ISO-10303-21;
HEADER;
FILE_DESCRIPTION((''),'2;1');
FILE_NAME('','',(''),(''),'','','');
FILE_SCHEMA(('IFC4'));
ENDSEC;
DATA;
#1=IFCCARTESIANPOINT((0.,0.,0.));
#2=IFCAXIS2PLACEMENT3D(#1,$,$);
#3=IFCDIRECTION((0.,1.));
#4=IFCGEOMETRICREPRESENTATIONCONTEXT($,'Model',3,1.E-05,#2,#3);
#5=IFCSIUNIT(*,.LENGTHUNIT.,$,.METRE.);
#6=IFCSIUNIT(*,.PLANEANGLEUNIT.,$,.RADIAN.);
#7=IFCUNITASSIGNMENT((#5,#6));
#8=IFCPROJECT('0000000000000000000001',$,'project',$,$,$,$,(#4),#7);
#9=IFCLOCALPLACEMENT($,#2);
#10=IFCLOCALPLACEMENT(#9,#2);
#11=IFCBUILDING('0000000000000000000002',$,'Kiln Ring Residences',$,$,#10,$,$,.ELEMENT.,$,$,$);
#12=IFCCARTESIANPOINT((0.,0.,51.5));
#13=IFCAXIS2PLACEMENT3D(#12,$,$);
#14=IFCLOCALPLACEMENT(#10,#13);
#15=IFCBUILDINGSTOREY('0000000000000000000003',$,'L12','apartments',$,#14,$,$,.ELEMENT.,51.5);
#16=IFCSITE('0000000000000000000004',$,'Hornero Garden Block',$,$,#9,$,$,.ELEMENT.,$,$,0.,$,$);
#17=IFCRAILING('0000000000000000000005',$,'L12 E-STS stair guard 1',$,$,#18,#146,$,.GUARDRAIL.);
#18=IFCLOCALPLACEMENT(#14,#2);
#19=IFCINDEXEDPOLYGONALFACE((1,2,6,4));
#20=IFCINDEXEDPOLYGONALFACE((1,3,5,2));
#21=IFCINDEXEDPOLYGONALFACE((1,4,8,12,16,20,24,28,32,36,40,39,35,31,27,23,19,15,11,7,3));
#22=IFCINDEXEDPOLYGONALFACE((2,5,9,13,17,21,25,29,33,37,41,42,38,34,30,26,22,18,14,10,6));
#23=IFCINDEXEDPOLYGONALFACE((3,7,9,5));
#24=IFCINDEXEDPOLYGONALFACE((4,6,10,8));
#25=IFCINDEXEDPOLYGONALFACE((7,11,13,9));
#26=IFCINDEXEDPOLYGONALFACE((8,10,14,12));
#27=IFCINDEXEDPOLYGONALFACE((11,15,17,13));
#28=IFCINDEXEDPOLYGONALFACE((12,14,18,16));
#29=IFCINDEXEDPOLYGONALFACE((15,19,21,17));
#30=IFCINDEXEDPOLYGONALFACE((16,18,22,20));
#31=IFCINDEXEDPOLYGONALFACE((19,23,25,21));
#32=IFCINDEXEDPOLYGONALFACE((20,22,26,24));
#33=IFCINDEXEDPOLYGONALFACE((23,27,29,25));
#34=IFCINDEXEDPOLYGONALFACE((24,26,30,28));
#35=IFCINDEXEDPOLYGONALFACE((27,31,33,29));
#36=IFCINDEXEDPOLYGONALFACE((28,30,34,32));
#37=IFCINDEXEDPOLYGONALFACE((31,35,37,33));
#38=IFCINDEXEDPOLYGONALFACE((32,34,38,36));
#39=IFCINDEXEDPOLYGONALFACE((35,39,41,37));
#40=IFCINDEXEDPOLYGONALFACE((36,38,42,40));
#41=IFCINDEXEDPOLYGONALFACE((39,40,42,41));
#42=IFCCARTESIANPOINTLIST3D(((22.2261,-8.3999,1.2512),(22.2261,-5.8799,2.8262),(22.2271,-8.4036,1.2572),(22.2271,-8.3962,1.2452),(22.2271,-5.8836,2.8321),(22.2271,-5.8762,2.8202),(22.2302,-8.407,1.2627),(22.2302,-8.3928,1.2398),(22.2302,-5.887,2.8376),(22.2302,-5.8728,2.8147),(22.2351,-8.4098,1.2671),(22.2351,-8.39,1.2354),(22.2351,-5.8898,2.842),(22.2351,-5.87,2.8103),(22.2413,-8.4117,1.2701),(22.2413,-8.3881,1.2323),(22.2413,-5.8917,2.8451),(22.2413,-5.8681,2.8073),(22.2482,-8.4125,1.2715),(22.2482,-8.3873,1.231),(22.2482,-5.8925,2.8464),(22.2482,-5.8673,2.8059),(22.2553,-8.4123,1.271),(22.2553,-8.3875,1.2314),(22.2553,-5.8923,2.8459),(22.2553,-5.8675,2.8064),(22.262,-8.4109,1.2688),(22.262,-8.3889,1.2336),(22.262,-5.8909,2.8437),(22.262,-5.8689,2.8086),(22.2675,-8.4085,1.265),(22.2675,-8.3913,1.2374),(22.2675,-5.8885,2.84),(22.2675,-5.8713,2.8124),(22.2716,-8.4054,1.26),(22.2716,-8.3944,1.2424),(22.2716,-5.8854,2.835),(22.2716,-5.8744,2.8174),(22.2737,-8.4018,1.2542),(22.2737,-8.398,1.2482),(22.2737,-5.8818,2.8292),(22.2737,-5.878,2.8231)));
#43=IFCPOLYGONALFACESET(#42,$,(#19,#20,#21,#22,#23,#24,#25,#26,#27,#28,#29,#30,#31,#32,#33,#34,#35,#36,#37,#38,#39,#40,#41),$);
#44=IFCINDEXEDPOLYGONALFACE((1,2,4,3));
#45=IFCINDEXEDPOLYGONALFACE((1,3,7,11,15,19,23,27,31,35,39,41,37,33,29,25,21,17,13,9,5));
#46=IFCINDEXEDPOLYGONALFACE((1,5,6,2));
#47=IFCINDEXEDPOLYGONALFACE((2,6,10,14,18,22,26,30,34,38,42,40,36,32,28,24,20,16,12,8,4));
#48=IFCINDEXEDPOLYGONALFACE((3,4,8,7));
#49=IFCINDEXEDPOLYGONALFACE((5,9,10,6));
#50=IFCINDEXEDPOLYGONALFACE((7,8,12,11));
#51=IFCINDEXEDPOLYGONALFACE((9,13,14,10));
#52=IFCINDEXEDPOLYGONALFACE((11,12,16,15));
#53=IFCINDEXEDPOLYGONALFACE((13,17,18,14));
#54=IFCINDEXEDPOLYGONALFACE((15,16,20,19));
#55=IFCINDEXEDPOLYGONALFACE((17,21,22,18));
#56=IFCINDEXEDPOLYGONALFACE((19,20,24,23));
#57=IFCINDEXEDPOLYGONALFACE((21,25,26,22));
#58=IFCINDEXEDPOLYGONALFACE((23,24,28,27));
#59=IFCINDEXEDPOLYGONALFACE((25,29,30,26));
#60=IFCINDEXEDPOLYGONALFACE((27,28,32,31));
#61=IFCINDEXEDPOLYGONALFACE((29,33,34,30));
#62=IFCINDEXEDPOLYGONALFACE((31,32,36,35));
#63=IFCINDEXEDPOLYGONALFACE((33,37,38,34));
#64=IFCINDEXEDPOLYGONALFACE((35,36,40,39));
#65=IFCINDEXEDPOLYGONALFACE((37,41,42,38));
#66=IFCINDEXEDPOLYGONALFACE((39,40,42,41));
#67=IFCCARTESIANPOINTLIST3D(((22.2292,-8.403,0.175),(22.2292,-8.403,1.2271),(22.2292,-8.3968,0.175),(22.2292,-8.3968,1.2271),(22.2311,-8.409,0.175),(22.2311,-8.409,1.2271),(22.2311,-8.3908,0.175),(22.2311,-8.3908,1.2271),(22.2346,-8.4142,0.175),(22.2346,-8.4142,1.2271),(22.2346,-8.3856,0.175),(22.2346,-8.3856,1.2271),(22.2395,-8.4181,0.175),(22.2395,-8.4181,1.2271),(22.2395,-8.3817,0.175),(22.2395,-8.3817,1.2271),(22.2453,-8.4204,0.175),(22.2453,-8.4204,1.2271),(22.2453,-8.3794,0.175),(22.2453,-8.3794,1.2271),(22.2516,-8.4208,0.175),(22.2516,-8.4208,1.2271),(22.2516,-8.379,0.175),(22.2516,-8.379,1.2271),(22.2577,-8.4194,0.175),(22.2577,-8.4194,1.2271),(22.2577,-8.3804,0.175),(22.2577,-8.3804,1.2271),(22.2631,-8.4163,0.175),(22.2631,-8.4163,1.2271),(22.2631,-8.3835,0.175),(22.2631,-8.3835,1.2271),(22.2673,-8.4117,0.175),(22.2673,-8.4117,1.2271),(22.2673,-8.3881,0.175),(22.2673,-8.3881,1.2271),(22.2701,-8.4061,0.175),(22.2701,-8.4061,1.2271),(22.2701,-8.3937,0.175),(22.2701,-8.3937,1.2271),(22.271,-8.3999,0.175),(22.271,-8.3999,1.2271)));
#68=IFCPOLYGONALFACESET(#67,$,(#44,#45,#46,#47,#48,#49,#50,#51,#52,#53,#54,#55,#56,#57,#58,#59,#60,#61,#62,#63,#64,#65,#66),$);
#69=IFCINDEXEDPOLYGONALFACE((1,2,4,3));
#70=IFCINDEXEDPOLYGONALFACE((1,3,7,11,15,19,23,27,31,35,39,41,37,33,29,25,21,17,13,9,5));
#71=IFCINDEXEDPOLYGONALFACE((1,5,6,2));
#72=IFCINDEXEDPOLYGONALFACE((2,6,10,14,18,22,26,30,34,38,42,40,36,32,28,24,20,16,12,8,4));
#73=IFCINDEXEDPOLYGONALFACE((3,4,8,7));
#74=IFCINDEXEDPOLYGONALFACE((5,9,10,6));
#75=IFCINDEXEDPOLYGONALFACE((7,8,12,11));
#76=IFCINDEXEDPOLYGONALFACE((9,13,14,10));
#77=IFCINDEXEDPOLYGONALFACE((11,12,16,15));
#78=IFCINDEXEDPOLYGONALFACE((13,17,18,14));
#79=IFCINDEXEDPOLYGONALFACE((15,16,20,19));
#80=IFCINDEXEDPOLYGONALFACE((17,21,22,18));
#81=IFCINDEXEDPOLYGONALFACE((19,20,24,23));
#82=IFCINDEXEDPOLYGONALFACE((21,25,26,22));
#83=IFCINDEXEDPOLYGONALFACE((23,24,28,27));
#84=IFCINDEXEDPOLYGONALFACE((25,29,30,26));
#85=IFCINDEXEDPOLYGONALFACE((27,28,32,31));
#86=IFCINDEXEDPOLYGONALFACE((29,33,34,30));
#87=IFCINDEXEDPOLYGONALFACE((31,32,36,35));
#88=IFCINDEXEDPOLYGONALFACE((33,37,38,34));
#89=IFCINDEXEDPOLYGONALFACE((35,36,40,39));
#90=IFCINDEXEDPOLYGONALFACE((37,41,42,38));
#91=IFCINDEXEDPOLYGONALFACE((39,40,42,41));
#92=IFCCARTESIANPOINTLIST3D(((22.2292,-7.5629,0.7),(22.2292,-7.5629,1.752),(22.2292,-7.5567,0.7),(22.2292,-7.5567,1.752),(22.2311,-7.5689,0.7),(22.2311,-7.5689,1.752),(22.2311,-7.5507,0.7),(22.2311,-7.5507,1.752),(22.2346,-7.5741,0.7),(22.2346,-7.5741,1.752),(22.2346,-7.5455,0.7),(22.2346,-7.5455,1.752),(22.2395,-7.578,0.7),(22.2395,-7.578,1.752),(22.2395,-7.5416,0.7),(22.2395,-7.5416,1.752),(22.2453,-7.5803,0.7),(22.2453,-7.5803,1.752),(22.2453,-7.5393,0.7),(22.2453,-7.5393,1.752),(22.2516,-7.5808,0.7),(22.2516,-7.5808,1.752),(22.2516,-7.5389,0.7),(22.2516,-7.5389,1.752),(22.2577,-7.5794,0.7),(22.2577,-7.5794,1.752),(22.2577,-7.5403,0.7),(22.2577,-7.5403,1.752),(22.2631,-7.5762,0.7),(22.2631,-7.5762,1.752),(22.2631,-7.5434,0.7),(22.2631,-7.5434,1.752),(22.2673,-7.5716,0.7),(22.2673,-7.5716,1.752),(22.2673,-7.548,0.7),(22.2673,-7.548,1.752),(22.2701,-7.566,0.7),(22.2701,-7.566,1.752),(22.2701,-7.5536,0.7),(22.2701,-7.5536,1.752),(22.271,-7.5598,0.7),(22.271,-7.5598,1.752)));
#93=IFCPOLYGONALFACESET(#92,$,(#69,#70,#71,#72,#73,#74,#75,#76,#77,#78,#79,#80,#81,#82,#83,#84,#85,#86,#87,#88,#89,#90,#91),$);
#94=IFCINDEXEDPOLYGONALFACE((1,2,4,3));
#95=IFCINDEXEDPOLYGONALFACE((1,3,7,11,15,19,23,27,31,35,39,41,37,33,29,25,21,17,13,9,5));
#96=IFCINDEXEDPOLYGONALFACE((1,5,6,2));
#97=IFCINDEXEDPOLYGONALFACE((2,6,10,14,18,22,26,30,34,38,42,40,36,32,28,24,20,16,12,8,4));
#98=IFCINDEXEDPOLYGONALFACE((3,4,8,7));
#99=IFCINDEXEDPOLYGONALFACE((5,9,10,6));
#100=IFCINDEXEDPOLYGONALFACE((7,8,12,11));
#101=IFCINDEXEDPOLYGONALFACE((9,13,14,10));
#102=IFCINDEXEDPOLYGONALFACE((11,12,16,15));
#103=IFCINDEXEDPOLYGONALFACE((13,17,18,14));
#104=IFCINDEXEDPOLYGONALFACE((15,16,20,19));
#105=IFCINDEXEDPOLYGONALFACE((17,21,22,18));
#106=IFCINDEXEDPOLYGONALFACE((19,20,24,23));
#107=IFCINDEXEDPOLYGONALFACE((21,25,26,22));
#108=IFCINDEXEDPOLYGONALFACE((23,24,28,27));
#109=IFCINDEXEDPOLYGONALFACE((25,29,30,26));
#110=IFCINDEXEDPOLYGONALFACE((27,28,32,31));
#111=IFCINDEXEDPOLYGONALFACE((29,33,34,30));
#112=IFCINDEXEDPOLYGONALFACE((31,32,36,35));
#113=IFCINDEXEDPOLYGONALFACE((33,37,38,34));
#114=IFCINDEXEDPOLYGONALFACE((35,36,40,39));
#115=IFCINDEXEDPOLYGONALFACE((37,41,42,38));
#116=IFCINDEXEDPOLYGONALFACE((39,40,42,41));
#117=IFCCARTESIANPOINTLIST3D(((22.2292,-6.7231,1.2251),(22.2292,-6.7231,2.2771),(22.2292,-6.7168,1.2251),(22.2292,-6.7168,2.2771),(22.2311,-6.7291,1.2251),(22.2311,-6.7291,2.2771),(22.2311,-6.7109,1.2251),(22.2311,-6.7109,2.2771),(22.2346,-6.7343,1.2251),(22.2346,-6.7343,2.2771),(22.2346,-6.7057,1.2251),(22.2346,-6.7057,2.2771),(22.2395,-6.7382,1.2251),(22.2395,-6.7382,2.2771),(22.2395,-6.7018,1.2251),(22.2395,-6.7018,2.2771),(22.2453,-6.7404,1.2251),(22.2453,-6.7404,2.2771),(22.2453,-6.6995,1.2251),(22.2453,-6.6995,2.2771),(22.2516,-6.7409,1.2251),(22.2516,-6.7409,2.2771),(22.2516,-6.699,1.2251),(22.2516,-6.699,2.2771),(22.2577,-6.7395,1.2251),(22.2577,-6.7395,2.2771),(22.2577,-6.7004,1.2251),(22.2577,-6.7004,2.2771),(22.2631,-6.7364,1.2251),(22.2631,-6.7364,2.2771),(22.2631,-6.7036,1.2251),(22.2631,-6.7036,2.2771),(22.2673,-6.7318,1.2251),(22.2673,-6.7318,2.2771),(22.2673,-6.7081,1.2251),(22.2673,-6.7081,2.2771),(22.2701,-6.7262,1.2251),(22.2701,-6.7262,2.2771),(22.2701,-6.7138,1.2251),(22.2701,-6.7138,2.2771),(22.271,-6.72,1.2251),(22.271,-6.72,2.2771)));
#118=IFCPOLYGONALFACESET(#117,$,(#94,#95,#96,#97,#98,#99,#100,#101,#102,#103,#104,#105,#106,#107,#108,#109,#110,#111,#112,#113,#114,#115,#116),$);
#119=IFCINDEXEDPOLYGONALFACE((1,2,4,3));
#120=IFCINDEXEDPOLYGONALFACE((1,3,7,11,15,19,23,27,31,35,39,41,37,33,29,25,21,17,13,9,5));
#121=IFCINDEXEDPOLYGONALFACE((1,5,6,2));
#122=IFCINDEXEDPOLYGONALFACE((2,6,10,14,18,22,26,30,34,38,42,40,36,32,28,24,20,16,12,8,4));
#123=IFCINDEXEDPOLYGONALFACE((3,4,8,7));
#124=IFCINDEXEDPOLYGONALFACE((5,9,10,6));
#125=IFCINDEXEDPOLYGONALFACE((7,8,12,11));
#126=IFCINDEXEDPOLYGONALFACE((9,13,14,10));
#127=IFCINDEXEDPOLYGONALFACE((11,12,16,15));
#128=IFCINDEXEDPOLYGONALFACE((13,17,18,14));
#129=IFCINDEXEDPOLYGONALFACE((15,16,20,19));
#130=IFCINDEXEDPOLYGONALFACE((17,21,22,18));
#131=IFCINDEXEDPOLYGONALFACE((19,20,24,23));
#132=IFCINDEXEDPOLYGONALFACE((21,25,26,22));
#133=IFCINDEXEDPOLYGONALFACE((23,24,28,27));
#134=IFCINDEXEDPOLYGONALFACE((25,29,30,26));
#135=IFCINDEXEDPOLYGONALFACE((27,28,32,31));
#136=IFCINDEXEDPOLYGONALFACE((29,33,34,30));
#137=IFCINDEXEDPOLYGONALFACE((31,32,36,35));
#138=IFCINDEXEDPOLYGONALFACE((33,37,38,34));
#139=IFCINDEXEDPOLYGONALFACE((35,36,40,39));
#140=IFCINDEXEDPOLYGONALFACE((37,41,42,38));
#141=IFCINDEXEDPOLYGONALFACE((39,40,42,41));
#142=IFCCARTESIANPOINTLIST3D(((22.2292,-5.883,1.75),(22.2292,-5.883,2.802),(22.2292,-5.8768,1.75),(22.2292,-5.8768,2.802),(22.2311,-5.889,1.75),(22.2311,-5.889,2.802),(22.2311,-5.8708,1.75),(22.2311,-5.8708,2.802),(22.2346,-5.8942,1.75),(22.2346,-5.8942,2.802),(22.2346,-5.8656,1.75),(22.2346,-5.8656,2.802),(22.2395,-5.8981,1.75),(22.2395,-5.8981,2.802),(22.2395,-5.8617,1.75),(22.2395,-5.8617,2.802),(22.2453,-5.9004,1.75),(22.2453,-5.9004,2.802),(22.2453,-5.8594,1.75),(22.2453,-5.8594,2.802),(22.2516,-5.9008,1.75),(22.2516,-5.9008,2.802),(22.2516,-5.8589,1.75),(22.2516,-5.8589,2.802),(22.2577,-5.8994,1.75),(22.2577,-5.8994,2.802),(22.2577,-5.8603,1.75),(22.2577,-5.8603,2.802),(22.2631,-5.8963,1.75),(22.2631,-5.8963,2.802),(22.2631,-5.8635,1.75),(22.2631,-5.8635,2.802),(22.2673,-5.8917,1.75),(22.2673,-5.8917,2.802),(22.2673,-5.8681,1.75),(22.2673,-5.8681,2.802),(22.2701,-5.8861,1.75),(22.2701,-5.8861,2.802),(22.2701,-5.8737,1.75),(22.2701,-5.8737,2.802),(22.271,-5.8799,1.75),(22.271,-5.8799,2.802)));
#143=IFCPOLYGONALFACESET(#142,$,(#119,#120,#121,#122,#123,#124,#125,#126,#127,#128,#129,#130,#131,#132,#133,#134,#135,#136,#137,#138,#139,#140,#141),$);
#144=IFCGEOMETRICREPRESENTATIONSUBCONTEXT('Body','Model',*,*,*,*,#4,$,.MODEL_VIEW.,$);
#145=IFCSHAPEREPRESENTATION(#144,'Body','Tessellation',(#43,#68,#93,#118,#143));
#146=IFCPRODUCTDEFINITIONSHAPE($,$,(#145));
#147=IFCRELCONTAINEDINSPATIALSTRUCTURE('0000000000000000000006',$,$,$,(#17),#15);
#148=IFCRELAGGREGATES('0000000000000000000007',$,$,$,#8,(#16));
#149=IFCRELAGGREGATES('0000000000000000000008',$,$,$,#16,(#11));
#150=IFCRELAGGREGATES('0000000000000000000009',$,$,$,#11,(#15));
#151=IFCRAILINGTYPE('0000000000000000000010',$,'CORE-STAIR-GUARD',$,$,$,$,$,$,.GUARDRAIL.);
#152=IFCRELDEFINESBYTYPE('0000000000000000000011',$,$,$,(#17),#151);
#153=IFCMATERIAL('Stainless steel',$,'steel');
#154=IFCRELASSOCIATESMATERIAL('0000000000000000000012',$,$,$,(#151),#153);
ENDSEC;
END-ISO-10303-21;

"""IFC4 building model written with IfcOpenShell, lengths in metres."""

from ifc_helpers import new_model, si_unit, direction, frame, origin, origin_2d, place, context, subcontext, project, spatial, circle, extrude, material, type_object, element, save


model = new_model("IFC4")

# Units and contexts
model_context = context("Model", 3, precision=1e-05, world=origin(), true_north=direction((0.0, 1.0)))
body_context = subcontext(model_context, "Body", "Model", "MODEL_VIEW")
ifc_project = project(units=[si_unit("LENGTHUNIT", "METRE"), si_unit("PLANEANGLEUNIT", "RADIAN")], contexts=[model_context])

# Site, building, storey
site_placement = place(None, origin())
site = spatial("IfcSite", under=ifc_project, at=site_placement, Name="Hornero Garden Block", CompositionType="ELEMENT", RefElevation=0.0)
building_placement = place(site_placement, origin())
building = spatial("IfcBuilding", under=site, at=building_placement, Name="Kiln Ring Residences", CompositionType="ELEMENT")
storey_placement = place(building_placement, frame((0.0, 0.0, 51.5)))
storey = spatial("IfcBuildingStorey", under=building, at=storey_placement, Name="L12", Description="apartments", CompositionType="ELEMENT", Elevation=51.5)

# Railing
ifc_material_1 = material(Name="Stainless steel", Category="steel")
railing_type_1 = type_object("IfcRailingType", Name="CORE-STAIR-GUARD", PredefinedType="GUARDRAIL", material=ifc_material_1)
railing_1_placement = place(storey_placement, frame((22.25, -8.3999, 0.175)))
element("IfcRailing", 1, at=railing_1_placement, inside=storey, type_object=railing_type_1, Name="L12 E-STS stair guard 1", PredefinedType="GUARDRAIL", context=body_context, shape_type="SweptSolid", body=[
    extrude(circle(Radius=0.0239, at=origin_2d()), frame((0.0, 0.0, 1.0762), z_axis=(0.0, 0.848008, 0.529984), x_axis=(-1.0, 0.0, 0.0)), (0.0, 0.0, 1.0), 2.9717),
    extrude(circle(Radius=0.021, at=origin_2d()), origin(), (0.0, 0.0, 1.0), 1.052),
    extrude(circle(Radius=0.021, at=origin_2d()), frame((0.0, 0.8401, 0.5249)), (0.0, 0.0, 1.0), 1.052),
    extrude(circle(Radius=0.021, at=origin_2d()), frame((0.0, 1.6799, 1.05)), (0.0, 0.0, 1.0), 1.052),
    extrude(circle(Radius=0.021, at=origin_2d()), frame((0.0, 2.52, 1.575)), (0.0, 0.0, 1.0), 1.052),
])

save(model, "model.ifc")
